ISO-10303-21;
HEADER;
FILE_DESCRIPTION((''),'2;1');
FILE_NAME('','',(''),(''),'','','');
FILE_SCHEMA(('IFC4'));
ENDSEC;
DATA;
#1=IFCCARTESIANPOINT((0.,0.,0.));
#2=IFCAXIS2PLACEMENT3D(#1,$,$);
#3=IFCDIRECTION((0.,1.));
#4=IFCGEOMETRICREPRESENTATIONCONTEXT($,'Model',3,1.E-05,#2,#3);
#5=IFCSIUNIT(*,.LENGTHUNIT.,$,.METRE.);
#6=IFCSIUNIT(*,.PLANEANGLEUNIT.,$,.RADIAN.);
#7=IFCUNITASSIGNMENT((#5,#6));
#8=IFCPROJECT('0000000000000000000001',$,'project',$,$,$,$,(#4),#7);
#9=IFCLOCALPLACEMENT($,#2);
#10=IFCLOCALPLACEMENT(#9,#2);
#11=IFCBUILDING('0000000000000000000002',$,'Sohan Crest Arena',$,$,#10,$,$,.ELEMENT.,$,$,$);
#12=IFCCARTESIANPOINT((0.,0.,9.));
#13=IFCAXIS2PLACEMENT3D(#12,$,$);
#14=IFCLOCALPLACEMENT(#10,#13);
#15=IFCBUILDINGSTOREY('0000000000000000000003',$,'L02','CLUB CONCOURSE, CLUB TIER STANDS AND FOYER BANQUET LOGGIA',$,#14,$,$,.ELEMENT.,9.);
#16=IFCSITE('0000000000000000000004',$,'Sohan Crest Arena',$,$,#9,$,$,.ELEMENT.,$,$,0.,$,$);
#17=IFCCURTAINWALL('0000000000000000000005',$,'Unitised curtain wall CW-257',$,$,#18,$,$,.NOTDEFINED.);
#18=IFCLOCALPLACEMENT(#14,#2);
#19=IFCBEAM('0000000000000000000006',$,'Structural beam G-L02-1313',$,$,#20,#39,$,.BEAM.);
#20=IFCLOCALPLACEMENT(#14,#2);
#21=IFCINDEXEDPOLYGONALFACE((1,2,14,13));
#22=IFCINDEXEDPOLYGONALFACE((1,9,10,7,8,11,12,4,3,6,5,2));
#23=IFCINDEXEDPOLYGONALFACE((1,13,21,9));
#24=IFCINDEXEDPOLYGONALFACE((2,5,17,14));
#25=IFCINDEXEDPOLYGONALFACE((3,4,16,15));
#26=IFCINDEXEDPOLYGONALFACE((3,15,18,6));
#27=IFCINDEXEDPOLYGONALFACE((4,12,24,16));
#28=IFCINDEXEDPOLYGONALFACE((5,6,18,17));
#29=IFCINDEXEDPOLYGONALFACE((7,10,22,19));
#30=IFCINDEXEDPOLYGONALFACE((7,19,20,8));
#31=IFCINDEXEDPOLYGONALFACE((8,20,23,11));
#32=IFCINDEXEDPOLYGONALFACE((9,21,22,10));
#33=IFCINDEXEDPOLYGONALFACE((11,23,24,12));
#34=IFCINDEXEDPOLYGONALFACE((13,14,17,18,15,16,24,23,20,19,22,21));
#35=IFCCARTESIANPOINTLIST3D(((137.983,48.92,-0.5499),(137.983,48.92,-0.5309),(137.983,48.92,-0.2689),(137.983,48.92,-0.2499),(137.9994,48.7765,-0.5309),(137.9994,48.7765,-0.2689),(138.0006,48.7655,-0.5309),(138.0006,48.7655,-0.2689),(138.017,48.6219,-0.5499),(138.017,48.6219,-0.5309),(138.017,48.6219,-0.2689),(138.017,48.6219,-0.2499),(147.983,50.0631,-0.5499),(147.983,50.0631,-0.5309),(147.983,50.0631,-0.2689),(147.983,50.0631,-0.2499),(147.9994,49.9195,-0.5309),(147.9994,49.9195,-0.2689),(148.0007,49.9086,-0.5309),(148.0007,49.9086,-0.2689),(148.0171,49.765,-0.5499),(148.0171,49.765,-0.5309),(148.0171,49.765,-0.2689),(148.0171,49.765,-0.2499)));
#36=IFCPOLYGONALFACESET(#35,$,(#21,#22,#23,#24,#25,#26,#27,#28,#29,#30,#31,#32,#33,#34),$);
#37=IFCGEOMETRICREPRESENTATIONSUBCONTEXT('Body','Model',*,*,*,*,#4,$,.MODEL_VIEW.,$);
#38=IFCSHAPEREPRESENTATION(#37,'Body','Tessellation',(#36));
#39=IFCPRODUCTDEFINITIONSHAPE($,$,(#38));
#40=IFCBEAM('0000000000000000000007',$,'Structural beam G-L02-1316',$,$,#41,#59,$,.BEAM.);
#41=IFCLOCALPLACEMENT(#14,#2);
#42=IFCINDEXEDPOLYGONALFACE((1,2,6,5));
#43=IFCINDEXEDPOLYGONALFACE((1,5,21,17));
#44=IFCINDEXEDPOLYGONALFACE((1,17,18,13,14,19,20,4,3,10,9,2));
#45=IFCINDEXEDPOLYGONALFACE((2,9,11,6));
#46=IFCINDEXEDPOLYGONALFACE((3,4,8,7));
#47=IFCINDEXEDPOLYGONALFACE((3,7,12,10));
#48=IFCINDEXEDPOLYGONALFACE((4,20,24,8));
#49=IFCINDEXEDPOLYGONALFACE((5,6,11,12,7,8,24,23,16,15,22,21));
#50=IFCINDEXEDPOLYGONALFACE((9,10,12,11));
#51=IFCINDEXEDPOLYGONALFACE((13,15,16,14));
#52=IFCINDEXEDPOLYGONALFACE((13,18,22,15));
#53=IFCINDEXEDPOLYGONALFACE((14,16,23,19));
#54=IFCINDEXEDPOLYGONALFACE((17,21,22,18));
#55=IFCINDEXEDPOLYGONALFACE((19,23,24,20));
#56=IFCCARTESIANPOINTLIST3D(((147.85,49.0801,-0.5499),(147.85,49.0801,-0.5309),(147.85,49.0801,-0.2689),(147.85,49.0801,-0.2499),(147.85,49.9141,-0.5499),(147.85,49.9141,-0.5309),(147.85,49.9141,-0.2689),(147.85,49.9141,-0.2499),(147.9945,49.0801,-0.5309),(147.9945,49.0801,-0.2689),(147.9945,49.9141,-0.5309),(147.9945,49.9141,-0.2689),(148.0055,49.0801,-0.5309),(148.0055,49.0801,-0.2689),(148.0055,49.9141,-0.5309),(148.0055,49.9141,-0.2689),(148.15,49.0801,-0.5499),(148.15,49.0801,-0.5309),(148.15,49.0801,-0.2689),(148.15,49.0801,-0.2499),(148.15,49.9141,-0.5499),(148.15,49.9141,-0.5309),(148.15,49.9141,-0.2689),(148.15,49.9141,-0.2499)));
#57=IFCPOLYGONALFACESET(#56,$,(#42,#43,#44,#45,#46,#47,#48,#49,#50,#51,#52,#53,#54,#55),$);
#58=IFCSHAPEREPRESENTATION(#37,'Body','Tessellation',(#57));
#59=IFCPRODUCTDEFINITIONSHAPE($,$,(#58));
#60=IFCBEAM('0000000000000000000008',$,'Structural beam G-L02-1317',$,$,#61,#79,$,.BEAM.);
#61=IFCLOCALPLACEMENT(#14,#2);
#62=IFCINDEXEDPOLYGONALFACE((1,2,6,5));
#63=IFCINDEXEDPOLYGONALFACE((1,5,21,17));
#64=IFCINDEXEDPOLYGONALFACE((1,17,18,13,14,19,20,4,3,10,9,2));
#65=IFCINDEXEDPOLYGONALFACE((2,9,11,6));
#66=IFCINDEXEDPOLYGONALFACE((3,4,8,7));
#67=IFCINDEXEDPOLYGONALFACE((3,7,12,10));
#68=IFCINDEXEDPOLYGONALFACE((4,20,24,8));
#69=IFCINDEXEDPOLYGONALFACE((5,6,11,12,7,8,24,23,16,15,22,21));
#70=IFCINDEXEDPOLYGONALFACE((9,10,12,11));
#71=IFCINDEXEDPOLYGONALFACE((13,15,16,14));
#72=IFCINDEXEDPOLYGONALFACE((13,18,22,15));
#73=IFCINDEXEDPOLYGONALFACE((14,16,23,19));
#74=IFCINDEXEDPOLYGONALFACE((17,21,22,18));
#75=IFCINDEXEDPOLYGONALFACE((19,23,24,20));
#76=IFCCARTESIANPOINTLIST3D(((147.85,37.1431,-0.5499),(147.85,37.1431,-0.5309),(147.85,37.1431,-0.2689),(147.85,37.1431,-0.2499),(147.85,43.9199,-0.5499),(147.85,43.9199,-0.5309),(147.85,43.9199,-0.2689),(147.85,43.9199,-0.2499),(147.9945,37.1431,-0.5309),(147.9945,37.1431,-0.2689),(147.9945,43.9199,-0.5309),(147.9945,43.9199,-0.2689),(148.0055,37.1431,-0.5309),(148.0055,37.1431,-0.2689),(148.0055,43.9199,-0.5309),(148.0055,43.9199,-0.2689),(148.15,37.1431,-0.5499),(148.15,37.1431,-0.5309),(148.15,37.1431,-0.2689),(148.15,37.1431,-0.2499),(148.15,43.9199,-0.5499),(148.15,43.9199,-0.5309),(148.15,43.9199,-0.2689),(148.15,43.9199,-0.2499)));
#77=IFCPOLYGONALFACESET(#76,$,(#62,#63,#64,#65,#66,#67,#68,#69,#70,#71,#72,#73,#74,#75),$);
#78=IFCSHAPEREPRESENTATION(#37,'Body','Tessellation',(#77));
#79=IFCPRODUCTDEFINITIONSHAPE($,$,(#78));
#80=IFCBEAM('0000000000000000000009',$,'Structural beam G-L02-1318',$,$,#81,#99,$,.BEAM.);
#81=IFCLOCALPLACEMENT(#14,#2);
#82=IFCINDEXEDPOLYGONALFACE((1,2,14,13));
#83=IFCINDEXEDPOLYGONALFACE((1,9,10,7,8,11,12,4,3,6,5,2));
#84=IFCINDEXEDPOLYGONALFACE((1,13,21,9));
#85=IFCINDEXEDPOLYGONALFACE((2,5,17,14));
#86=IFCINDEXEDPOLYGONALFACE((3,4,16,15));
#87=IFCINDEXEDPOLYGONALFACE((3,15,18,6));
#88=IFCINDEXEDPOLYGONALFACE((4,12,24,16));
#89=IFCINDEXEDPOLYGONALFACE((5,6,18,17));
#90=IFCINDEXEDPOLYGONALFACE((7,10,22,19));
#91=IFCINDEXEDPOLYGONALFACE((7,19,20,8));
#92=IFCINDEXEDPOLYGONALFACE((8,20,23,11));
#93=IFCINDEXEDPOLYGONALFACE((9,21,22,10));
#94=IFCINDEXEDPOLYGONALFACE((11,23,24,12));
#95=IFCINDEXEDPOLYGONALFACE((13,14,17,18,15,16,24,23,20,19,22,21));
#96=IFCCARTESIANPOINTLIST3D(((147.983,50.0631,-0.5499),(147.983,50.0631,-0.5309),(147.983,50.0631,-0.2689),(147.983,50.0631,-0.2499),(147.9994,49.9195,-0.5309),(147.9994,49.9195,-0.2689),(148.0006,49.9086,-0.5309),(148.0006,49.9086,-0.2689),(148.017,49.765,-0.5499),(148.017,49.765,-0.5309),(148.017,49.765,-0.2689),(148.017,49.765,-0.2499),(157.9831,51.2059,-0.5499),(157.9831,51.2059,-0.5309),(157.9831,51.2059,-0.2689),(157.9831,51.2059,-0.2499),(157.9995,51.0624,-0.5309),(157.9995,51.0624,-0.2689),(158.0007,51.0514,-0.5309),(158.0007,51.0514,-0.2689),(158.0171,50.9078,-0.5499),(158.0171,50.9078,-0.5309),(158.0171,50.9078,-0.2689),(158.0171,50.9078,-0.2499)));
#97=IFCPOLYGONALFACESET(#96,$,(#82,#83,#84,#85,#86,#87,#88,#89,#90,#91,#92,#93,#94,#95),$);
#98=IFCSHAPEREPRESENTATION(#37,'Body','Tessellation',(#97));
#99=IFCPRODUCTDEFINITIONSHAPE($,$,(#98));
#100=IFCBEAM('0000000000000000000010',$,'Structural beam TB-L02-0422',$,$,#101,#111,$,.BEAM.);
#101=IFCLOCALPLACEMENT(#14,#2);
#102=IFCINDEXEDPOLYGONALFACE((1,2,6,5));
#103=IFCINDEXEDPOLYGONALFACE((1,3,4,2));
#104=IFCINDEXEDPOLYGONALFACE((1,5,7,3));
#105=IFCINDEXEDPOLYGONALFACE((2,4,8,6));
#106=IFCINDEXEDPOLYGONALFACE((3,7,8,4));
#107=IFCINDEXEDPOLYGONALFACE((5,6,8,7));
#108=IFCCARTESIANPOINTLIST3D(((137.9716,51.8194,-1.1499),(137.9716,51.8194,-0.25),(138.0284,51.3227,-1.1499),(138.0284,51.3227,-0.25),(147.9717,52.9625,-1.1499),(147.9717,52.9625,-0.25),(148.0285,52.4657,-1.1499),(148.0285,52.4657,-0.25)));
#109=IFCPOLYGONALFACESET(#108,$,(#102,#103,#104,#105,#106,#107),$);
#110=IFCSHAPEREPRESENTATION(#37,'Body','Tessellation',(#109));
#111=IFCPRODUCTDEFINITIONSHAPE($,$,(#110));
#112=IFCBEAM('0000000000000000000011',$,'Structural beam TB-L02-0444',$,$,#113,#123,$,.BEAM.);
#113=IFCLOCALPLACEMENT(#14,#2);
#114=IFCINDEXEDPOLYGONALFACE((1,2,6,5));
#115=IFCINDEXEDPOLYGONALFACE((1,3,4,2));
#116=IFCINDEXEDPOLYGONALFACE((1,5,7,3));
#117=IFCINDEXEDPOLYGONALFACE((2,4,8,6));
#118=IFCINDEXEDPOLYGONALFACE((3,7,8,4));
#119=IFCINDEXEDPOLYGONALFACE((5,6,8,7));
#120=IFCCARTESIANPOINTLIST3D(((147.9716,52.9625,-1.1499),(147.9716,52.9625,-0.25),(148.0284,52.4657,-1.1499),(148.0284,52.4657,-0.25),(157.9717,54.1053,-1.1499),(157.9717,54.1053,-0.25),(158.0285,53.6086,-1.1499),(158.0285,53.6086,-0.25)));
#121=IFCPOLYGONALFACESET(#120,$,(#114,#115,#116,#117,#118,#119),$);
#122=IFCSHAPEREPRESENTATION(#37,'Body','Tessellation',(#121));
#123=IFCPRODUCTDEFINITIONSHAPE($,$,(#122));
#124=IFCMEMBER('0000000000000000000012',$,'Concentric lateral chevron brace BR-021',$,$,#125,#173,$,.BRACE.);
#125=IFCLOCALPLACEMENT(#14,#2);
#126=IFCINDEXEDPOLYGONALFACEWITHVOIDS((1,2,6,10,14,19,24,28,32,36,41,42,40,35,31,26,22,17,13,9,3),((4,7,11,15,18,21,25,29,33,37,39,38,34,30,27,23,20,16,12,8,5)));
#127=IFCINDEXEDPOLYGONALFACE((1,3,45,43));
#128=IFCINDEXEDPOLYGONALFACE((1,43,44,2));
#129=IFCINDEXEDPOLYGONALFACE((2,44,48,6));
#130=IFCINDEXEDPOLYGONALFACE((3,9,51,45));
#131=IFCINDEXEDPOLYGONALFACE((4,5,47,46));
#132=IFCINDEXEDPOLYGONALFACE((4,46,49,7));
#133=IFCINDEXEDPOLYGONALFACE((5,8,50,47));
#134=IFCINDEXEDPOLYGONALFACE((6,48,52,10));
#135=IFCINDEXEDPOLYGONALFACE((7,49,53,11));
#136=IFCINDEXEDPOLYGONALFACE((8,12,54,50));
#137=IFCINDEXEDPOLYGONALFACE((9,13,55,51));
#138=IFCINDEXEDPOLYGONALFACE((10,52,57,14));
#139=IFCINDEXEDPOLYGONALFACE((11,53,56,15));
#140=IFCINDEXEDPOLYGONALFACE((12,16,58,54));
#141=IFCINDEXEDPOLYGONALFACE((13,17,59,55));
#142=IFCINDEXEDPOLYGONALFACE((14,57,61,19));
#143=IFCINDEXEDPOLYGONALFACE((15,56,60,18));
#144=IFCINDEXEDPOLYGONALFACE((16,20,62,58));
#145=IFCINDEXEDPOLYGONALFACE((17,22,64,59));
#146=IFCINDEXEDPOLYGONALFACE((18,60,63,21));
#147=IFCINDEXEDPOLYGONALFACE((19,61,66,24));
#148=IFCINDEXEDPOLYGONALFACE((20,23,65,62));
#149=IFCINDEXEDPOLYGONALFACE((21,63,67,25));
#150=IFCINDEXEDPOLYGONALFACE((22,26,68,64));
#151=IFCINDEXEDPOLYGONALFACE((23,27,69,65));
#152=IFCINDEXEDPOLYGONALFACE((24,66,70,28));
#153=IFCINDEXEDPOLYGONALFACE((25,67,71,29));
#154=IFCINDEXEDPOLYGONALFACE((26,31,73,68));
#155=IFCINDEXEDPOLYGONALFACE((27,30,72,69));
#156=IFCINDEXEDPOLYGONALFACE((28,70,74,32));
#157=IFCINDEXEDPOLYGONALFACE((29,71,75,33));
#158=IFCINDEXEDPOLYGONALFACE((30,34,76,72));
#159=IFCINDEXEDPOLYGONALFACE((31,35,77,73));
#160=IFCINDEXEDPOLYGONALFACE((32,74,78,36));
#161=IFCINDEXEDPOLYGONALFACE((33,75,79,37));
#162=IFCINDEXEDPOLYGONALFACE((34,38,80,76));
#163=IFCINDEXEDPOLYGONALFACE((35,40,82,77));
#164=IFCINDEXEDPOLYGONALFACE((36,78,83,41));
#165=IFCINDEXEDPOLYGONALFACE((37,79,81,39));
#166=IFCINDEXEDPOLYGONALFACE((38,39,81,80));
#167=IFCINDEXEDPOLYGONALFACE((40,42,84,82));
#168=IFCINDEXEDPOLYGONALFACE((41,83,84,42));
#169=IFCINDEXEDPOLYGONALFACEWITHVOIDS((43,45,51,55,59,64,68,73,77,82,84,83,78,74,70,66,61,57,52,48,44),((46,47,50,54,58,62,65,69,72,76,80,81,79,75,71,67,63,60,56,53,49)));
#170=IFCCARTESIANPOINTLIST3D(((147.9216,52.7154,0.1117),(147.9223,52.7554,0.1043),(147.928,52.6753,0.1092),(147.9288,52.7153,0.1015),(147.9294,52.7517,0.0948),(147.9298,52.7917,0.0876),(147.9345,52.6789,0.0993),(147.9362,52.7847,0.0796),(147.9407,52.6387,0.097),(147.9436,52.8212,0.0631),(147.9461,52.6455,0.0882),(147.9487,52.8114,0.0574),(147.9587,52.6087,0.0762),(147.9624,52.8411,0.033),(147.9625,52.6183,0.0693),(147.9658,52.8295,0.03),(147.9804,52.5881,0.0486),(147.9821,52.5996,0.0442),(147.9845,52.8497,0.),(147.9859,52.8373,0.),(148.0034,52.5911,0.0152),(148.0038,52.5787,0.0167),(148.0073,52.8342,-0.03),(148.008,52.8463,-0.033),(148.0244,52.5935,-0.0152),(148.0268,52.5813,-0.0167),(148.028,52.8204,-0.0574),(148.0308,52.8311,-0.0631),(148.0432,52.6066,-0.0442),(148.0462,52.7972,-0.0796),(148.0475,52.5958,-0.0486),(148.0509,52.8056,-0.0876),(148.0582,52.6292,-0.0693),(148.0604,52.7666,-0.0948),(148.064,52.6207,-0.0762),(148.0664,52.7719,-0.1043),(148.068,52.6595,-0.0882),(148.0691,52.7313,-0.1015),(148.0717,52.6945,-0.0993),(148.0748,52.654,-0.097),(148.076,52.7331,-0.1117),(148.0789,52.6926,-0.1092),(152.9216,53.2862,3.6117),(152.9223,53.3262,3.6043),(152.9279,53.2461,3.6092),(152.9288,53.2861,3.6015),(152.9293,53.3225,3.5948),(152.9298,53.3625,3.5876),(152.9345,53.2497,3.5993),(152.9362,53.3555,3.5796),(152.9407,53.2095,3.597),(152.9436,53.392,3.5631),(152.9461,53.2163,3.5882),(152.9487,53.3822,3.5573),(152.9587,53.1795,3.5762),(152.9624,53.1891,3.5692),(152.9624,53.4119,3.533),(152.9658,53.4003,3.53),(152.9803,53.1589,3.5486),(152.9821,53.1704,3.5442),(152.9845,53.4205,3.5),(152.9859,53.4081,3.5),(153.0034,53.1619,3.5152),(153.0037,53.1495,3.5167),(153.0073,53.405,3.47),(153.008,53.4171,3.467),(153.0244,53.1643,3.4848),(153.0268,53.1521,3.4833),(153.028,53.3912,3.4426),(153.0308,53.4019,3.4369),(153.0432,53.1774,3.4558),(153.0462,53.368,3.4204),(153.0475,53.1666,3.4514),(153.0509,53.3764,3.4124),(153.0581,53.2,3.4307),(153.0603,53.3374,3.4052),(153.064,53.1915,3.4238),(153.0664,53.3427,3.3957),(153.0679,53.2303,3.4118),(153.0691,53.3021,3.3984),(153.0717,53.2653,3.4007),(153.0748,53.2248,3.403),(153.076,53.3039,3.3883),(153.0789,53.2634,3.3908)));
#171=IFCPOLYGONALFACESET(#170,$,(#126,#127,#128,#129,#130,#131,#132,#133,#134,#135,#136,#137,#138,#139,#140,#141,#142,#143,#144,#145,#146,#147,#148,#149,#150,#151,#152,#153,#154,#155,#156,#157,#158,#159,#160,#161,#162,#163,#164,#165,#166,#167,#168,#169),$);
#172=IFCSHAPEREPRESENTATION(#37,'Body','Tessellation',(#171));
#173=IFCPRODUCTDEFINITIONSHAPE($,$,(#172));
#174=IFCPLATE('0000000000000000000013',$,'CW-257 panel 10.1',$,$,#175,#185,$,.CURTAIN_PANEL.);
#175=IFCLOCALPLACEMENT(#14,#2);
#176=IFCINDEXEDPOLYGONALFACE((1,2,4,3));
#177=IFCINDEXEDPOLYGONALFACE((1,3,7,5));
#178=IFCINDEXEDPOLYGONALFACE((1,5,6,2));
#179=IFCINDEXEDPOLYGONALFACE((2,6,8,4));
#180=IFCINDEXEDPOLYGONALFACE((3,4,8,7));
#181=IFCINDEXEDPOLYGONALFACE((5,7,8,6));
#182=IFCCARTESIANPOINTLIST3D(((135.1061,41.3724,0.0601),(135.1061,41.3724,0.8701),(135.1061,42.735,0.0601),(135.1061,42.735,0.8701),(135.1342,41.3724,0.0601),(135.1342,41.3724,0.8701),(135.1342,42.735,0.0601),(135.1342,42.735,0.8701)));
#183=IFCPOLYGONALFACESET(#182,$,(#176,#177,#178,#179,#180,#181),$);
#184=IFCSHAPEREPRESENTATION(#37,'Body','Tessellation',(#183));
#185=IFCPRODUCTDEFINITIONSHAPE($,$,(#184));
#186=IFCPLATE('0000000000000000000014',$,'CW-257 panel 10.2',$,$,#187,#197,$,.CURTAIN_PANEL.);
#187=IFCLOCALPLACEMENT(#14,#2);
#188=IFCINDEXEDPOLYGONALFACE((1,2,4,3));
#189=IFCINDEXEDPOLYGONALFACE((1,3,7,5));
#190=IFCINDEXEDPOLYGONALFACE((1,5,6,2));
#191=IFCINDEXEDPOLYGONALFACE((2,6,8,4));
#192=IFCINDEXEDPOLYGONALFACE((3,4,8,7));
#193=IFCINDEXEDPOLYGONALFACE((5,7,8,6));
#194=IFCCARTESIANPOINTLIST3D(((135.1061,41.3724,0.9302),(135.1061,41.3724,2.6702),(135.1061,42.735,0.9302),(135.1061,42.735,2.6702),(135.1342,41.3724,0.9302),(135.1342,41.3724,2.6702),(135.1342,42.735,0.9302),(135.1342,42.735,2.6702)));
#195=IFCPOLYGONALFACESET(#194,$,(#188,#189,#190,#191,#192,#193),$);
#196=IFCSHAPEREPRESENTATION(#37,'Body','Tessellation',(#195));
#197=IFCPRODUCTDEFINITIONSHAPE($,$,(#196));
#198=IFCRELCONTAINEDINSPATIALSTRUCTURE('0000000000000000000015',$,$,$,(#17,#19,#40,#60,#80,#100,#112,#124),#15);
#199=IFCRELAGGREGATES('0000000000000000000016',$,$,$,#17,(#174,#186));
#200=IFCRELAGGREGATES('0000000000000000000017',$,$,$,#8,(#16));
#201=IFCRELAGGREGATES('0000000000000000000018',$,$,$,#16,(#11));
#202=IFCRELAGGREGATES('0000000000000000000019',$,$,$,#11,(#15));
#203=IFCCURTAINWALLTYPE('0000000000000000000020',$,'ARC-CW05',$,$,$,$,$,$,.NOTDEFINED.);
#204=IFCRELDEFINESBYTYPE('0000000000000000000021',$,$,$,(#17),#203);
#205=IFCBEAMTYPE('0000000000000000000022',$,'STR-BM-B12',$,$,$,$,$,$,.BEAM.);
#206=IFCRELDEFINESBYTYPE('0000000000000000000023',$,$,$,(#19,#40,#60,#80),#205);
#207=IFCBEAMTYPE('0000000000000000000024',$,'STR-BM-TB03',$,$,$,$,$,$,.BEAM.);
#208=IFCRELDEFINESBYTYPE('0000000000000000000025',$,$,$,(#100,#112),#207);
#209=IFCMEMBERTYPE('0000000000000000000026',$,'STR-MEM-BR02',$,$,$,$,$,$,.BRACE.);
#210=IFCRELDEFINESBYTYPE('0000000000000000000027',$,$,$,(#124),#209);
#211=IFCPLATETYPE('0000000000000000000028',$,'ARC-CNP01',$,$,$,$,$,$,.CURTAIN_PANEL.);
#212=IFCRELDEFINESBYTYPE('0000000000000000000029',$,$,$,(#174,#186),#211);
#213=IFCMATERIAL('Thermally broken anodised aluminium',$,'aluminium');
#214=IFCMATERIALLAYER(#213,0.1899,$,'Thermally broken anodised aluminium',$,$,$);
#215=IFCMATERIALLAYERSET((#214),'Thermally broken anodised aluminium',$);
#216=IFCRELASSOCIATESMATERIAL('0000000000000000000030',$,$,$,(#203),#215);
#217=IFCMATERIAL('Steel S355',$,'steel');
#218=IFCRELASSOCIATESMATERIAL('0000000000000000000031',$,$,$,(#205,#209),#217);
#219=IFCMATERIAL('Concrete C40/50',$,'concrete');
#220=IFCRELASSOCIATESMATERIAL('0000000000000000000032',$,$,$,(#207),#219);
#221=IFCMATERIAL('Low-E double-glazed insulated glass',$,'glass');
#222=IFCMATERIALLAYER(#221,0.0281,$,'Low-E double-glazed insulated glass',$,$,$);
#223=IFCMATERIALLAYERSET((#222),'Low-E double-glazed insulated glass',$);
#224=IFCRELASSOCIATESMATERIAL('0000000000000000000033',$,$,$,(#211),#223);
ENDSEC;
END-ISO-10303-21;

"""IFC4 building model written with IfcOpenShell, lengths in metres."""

from ifc_helpers import new_model, si_unit, direction, frame, origin, origin_2d, place, context, subcontext, project, spatial, rectangle, hollow_circle, i_section, extrude, material, layer, layer_set, material_profile, profile_set, type_object, element, aggregate, save


model = new_model("IFC4")

# Units and contexts
model_context = context("Model", 3, precision=1e-05, world=origin(), true_north=direction((0.0, 1.0)))
body_context = subcontext(model_context, "Body", "Model", "MODEL_VIEW")
ifc_project = project(units=[si_unit("LENGTHUNIT", "METRE"), si_unit("PLANEANGLEUNIT", "RADIAN")], contexts=[model_context])

# Site, building, storey
site_placement = place(None, origin())
site = spatial("IfcSite", under=ifc_project, at=site_placement, Name="Sohan Crest Arena", CompositionType="ELEMENT", RefElevation=0.0)
building_placement = place(site_placement, origin())
building = spatial("IfcBuilding", under=site, at=building_placement, Name="Sohan Crest Arena", CompositionType="ELEMENT")
storey_placement = place(building_placement, frame((0.0, 0.0, 9.0)))
storey = spatial("IfcBuildingStorey", under=building, at=storey_placement, Name="L02", Description="CLUB CONCOURSE, CLUB TIER STANDS AND FOYER BANQUET LOGGIA", CompositionType="ELEMENT", Elevation=9.0)

# Shared definitions
ifc_material_1 = material(Name="Concrete C40/50", Category="concrete")
ifc_material_2 = material(Name="Steel S355", Category="steel")

# Curtain wall
ifc_material_3 = material(Name="Thermally broken anodised aluminium", Category="aluminium")
ifc_layer_1 = layer(ifc_material_3, 0.1899, Name="Thermally broken anodised aluminium")
ifc_layer_set_1 = layer_set([ifc_layer_1], Name="Thermally broken anodised aluminium")
curtain_wall_type = type_object("IfcCurtainWallType", Name="ARC-CW05", PredefinedType="NOTDEFINED", material=ifc_layer_set_1)
curtain_wall_1_placement = place(storey_placement, origin())
curtain_wall_1 = element("IfcCurtainWall", 1, at=curtain_wall_1_placement, inside=storey, type_object=curtain_wall_type, Name="Unitised curtain wall CW-257", PredefinedType="NOTDEFINED")

# Beams
ifc_material_profile_1 = material_profile(ifc_material_2, i_section(OverallWidth=0.3, OverallDepth=0.3, WebThickness=0.011, FlangeThickness=0.019, at=origin_2d()), Name="HEB 300")
ifc_profile_set_1 = profile_set([ifc_material_profile_1], Name="Steel S355")
beam_type_1 = type_object("IfcBeamType", Name="STR-BM-B12", PredefinedType="BEAM", material=ifc_profile_set_1)
beam_1_placement = place(storey_placement, frame((138.0, 48.771, -0.3999), z_axis=(0.99353, 0.113567, 0.0), x_axis=(-0.113567, 0.99353, 0.0)))
element("IfcBeam", 2, at=beam_1_placement, inside=storey, type_object=beam_type_1, Name="Structural beam G-L02-1313", PredefinedType="BEAM", context=body_context, shape_type="SweptSolid", body=[
    extrude(i_section(OverallWidth=0.3, OverallDepth=0.3, WebThickness=0.011, FlangeThickness=0.019, at=origin_2d()), origin(), (0.0, 0.0, 1.0), 10.0652),
])
beam_2_placement = place(storey_placement, frame((148.0, 49.9141, -0.3999), z_axis=(0.0, -1.0, 0.0), x_axis=(1.0, 0.0, 0.0)))
element("IfcBeam", 3, at=beam_2_placement, inside=storey, type_object=beam_type_1, Name="Structural beam G-L02-1316", PredefinedType="BEAM", context=body_context, shape_type="SweptSolid", body=[
    extrude(i_section(OverallWidth=0.3, OverallDepth=0.3, WebThickness=0.011, FlangeThickness=0.019, at=origin_2d()), origin(), (0.0, 0.0, 1.0), 0.834),
])
beam_3_placement = place(storey_placement, frame((148.0, 43.9199, -0.3999), z_axis=(0.0, -1.0, 0.0), x_axis=(1.0, 0.0, 0.0)))
element("IfcBeam", 4, at=beam_3_placement, inside=storey, type_object=beam_type_1, Name="Structural beam G-L02-1317", PredefinedType="BEAM", context=body_context, shape_type="SweptSolid", body=[
    extrude(i_section(OverallWidth=0.3, OverallDepth=0.3, WebThickness=0.011, FlangeThickness=0.019, at=origin_2d()), origin(), (0.0, 0.0, 1.0), 6.7769),
])
beam_4_placement = place(storey_placement, frame((148.0, 49.9141, -0.3999), z_axis=(0.993533, 0.113543, 0.0), x_axis=(-0.113543, 0.993533, 0.0)))
element("IfcBeam", 5, at=beam_4_placement, inside=storey, type_object=beam_type_1, Name="Structural beam G-L02-1318", PredefinedType="BEAM", context=body_context, shape_type="SweptSolid", body=[
    extrude(i_section(OverallWidth=0.3, OverallDepth=0.3, WebThickness=0.011, FlangeThickness=0.019, at=origin_2d()), origin(), (0.0, 0.0, 1.0), 10.0652),
])
ifc_material_profile_2 = material_profile(ifc_material_1, rectangle(XDim=0.5, YDim=0.8999, at=origin_2d()), Name="RC-BM 500x900")
ifc_profile_set_2 = profile_set([ifc_material_profile_2], Name="Concrete C40/50")
beam_type_2 = type_object("IfcBeamType", Name="STR-BM-TB03", PredefinedType="BEAM", material=ifc_profile_set_2)
for number, where, z_axis, x_axis, name in (
    (6, (138.0, 51.571, -0.7), (0.99353, 0.113567, 0.0), (-0.113567, 0.99353, 0.0), "Structural beam TB-L02-0422"),
    (7, (148.0, 52.7141, -0.7), (0.993533, 0.113543, 0.0), (-0.113543, 0.993533, 0.0), "Structural beam TB-L02-0444"),
):
    element("IfcBeam", number, at=place(storey_placement, frame(where, z_axis=z_axis, x_axis=x_axis)), inside=storey, type_object=beam_type_2, Name=name, PredefinedType="BEAM", context=body_context, shape_type="SweptSolid", body=[
        extrude(rectangle(XDim=0.5, YDim=0.8999, at=origin_2d()), origin(), (0.0, 0.0, 1.0), 10.0652),
    ])

# Member
ifc_material_profile_3 = material_profile(ifc_material_2, hollow_circle(Radius=0.1365, WallThickness=0.0125, at=origin_2d()), Name="CHS 273x12.5")
ifc_profile_set_3 = profile_set([ifc_material_profile_3], Name="Steel S355")
member_type_1 = type_object("IfcMemberType", Name="STR-MEM-BR02", PredefinedType="BRACE", material=ifc_profile_set_3)
member_1_placement = place(storey_placement, frame((148.0, 52.7141, 0.0), z_axis=(0.815672, 0.093117, 0.570971), x_axis=(-0.113423, 0.993547, 0.0)))
element("IfcMember", 8, at=member_1_placement, inside=storey, type_object=member_type_1, Name="Concentric lateral chevron brace BR-021", PredefinedType="BRACE", context=body_context, shape_type="SweptSolid", body=[
    extrude(hollow_circle(Radius=0.1365, WallThickness=0.0125, at=origin_2d()), origin(), (0.0, 0.0, 1.0), 6.1299),
])

# Plates
ifc_material_4 = material(Name="Low-E double-glazed insulated glass", Category="glass")
ifc_layer_2 = layer(ifc_material_4, 0.0281, Name="Low-E double-glazed insulated glass")
ifc_layer_set_2 = layer_set([ifc_layer_2], Name="Low-E double-glazed insulated glass")
plate_type_1 = type_object("IfcPlateType", Name="ARC-CNP01", PredefinedType="CURTAIN_PANEL", material=ifc_layer_set_2)
plate_1_placement = place(storey_placement, frame((135.1201, 42.0537, 0.0601), z_axis=(0.0, 0.0, 1.0), x_axis=(0.0, 1.0, 0.0)))
plate_1 = element("IfcPlate", 9, at=plate_1_placement, type_object=plate_type_1, Name="CW-257 panel 10.1", PredefinedType="CURTAIN_PANEL", context=body_context, shape_type="SweptSolid", body=[
    extrude(rectangle(XDim=1.3625, YDim=0.0281, at=origin_2d()), origin(), (0.0, 0.0, 1.0), 0.8101),
])
plate_2_placement = place(storey_placement, frame((135.1201, 42.0537, 0.9302), z_axis=(0.0, 0.0, 1.0), x_axis=(0.0, 1.0, 0.0)))
plate_2 = element("IfcPlate", 10, at=plate_2_placement, type_object=plate_type_1, Name="CW-257 panel 10.2", PredefinedType="CURTAIN_PANEL", context=body_context, shape_type="SweptSolid", body=[
    extrude(rectangle(XDim=1.3625, YDim=0.0281, at=origin_2d()), origin(), (0.0, 0.0, 1.0), 1.74),
])
aggregate(curtain_wall_1, [plate_1, plate_2])

save(model, "model.ifc")
